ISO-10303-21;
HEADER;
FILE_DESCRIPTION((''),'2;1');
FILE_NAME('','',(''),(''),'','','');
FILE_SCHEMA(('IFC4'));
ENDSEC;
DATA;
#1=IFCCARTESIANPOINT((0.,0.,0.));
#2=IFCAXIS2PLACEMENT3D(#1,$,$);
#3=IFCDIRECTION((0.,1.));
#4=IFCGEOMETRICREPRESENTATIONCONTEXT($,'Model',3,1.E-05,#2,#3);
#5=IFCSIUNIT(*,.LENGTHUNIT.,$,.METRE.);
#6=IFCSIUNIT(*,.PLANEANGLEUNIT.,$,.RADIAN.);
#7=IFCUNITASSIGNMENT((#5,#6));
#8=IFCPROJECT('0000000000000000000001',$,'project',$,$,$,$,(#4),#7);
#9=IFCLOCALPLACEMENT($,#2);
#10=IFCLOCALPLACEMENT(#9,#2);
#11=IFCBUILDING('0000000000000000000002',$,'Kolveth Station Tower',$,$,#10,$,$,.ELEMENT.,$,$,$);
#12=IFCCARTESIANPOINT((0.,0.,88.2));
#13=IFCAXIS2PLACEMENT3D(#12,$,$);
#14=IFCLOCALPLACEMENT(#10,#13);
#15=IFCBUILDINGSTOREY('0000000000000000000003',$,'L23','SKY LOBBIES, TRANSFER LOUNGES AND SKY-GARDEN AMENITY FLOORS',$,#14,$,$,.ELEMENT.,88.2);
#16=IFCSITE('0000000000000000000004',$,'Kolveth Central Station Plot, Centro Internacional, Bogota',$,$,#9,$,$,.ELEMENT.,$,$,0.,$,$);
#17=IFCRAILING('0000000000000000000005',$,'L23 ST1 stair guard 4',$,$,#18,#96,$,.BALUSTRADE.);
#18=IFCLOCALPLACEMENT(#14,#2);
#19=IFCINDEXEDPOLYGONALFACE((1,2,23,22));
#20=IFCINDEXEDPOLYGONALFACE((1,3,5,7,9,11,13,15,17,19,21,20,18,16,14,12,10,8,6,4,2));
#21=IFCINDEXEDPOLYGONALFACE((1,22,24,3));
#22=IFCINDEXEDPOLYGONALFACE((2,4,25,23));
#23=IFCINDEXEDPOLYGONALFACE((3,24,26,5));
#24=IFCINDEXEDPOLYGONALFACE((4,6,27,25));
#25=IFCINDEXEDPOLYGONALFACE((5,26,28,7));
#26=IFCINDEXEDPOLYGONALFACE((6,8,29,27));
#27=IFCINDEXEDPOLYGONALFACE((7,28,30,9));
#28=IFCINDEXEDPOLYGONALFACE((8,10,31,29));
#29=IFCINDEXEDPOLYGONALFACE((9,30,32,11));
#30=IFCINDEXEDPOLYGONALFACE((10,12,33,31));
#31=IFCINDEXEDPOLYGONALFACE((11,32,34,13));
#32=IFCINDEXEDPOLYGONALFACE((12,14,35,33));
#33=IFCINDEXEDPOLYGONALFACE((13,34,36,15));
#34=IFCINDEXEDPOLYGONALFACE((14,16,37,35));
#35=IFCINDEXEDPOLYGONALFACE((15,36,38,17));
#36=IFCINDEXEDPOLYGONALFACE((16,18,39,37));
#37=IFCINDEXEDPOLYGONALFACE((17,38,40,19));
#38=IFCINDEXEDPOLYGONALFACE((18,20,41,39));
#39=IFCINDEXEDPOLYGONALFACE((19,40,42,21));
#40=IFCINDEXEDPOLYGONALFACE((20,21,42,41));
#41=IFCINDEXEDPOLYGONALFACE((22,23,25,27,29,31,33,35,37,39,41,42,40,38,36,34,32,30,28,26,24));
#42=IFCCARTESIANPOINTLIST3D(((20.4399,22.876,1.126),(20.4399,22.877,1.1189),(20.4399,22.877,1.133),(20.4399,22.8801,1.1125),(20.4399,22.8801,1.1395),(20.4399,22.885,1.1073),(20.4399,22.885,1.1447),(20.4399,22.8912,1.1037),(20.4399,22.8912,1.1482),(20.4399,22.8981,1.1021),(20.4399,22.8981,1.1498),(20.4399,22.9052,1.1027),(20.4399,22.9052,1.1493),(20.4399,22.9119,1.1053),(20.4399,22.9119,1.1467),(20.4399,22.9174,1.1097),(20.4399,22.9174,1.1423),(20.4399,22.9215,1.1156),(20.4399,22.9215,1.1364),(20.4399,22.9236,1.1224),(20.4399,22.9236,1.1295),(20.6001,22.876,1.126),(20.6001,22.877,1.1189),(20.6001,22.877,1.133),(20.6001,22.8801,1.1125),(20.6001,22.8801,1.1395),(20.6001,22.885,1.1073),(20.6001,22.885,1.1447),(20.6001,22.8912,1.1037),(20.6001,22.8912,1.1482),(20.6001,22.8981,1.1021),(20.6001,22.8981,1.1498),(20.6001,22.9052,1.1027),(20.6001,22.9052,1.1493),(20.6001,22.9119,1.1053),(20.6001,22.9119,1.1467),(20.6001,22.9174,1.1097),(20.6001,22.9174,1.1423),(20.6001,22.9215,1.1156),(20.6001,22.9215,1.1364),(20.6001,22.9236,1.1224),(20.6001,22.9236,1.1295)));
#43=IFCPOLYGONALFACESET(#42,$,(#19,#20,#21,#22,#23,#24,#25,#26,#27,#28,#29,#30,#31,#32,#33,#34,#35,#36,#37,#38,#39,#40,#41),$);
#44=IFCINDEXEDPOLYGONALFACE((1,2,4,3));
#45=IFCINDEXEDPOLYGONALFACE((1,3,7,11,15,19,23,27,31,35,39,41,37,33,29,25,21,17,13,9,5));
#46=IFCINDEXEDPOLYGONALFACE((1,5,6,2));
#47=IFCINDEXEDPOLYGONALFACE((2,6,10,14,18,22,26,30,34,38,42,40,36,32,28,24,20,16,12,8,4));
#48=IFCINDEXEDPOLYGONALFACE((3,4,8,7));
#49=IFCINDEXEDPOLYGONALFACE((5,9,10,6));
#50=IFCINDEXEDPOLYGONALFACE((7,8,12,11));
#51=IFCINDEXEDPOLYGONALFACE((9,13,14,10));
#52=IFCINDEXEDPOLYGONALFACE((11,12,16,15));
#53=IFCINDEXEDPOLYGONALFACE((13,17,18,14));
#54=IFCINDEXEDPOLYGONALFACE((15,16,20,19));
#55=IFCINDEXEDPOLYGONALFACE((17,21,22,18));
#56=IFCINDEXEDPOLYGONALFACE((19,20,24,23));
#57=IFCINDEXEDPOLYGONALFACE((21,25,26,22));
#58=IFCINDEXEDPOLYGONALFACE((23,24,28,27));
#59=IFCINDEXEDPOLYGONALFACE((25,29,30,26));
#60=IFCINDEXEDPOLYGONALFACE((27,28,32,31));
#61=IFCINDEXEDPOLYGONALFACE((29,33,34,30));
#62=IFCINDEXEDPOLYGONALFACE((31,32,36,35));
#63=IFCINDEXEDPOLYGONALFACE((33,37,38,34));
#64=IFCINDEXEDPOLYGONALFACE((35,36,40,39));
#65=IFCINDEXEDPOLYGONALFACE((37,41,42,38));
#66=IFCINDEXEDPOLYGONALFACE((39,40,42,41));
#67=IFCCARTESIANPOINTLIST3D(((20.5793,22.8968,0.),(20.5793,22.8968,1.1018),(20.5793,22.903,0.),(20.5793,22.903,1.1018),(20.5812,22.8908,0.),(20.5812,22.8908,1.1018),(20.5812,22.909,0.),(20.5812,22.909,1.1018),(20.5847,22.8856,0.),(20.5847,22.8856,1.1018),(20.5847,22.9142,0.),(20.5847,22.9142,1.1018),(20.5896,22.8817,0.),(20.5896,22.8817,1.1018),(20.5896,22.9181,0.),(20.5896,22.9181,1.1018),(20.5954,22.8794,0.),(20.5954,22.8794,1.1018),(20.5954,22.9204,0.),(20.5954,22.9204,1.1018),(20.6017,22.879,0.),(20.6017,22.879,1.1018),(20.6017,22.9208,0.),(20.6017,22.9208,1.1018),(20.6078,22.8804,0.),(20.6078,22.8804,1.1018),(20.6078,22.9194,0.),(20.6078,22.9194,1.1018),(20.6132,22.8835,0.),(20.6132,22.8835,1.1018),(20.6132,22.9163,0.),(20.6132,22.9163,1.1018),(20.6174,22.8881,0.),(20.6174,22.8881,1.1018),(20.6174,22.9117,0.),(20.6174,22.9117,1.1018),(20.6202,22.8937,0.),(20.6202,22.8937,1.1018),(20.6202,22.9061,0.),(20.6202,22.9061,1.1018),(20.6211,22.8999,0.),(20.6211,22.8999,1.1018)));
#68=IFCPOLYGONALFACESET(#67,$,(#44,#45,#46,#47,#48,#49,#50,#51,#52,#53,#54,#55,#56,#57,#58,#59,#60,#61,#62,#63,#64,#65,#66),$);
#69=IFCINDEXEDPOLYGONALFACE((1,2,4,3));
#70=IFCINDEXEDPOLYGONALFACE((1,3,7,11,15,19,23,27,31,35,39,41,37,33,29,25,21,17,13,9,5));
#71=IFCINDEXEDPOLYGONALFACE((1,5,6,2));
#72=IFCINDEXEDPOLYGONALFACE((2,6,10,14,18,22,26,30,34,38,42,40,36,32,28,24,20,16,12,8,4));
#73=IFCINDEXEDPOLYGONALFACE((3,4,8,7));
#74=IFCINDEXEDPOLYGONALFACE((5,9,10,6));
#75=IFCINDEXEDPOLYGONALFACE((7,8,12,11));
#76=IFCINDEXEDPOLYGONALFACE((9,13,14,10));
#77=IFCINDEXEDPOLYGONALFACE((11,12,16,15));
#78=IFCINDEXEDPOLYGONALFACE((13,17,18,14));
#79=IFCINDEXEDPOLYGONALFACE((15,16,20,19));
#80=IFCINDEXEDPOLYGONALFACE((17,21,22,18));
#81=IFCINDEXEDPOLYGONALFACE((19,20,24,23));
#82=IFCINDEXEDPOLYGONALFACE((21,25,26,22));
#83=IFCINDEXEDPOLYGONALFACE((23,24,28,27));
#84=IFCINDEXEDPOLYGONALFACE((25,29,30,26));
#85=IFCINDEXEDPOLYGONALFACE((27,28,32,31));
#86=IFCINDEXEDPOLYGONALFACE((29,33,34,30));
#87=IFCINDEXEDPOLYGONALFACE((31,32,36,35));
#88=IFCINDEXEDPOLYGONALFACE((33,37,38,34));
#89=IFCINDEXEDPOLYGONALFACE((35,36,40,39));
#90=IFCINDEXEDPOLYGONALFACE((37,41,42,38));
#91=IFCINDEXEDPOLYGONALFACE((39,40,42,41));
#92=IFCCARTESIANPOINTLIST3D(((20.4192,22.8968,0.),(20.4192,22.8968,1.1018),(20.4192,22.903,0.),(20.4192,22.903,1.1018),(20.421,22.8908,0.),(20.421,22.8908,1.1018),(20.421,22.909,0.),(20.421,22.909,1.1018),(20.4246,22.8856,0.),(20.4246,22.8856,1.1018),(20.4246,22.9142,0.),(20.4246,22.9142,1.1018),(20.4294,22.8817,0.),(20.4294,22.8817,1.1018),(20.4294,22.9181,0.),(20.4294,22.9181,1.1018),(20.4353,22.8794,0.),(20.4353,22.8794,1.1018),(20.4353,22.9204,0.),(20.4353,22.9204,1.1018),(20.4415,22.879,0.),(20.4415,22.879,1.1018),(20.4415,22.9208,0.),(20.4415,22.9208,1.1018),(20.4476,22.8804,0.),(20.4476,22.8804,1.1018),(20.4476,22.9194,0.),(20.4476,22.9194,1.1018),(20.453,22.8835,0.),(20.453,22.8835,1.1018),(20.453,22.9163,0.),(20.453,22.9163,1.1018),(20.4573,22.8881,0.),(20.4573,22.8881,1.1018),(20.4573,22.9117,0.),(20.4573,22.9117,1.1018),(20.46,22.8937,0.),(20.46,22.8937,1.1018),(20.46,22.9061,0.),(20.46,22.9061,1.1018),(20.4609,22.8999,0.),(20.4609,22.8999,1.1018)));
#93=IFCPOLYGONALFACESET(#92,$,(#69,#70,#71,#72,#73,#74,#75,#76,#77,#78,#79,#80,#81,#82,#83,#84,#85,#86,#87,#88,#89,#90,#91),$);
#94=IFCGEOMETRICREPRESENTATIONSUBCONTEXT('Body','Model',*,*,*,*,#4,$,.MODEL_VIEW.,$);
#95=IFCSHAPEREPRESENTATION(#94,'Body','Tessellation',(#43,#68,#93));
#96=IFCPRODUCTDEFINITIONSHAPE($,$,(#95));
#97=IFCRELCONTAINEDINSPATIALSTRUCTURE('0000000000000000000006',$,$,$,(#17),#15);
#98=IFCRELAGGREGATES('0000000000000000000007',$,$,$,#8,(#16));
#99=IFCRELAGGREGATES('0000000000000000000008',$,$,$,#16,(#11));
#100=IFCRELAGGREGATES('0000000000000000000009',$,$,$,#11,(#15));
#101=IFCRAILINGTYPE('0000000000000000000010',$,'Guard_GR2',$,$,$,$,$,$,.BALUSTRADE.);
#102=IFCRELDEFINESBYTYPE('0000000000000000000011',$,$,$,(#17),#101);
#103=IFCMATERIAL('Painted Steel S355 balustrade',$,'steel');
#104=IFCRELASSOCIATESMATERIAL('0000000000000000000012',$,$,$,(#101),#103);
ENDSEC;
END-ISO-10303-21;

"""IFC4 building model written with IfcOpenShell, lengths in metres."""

from ifc_helpers import new_model, si_unit, direction, frame, origin, origin_2d, place, context, subcontext, project, spatial, circle, extrude, material, type_object, element, save


model = new_model("IFC4")

# Units and contexts
model_context = context("Model", 3, precision=1e-05, world=origin(), true_north=direction((0.0, 1.0)))
body_context = subcontext(model_context, "Body", "Model", "MODEL_VIEW")
ifc_project = project(units=[si_unit("LENGTHUNIT", "METRE"), si_unit("PLANEANGLEUNIT", "RADIAN")], contexts=[model_context])

# Site, building, storey
site_placement = place(None, origin())
site = spatial("IfcSite", under=ifc_project, at=site_placement, Name="Kolveth Central Station Plot, Centro Internacional, Bogota", CompositionType="ELEMENT", RefElevation=0.0)
building_placement = place(site_placement, origin())
building = spatial("IfcBuilding", under=site, at=building_placement, Name="Kolveth Station Tower", CompositionType="ELEMENT")
storey_placement = place(building_placement, frame((0.0, 0.0, 88.2)))
storey = spatial("IfcBuildingStorey", under=building, at=storey_placement, Name="L23", Description="SKY LOBBIES, TRANSFER LOUNGES AND SKY-GARDEN AMENITY FLOORS", CompositionType="ELEMENT", Elevation=88.2)

# Railing
ifc_material_1 = material(Name="Painted Steel S355 balustrade", Category="steel")
railing_type_1 = type_object("IfcRailingType", Name="Guard_GR2", PredefinedType="BALUSTRADE", material=ifc_material_1)
railing_1_placement = place(storey_placement, frame((20.6001, 22.8999, 0.0)))
element("IfcRailing", 1, at=railing_1_placement, inside=storey, type_object=railing_type_1, Name="L23 ST1 stair guard 4", PredefinedType="BALUSTRADE", context=body_context, shape_type="SweptSolid", body=[
    extrude(circle(Radius=0.0239, at=origin_2d()), frame((0.0, 0.0, 1.126), z_axis=(-1.0, 0.0, 0.0), x_axis=(0.0, -1.0, 0.0)), (0.0, 0.0, 1.0), 0.1602),
    extrude(circle(Radius=0.021, at=origin_2d()), origin(), (0.0, 0.0, 1.0), 1.1018),
    extrude(circle(Radius=0.021, at=origin_2d()), frame((-0.1602, 0.0, 0.0)), (0.0, 0.0, 1.0), 1.1018),
])

save(model, "model.ifc")
